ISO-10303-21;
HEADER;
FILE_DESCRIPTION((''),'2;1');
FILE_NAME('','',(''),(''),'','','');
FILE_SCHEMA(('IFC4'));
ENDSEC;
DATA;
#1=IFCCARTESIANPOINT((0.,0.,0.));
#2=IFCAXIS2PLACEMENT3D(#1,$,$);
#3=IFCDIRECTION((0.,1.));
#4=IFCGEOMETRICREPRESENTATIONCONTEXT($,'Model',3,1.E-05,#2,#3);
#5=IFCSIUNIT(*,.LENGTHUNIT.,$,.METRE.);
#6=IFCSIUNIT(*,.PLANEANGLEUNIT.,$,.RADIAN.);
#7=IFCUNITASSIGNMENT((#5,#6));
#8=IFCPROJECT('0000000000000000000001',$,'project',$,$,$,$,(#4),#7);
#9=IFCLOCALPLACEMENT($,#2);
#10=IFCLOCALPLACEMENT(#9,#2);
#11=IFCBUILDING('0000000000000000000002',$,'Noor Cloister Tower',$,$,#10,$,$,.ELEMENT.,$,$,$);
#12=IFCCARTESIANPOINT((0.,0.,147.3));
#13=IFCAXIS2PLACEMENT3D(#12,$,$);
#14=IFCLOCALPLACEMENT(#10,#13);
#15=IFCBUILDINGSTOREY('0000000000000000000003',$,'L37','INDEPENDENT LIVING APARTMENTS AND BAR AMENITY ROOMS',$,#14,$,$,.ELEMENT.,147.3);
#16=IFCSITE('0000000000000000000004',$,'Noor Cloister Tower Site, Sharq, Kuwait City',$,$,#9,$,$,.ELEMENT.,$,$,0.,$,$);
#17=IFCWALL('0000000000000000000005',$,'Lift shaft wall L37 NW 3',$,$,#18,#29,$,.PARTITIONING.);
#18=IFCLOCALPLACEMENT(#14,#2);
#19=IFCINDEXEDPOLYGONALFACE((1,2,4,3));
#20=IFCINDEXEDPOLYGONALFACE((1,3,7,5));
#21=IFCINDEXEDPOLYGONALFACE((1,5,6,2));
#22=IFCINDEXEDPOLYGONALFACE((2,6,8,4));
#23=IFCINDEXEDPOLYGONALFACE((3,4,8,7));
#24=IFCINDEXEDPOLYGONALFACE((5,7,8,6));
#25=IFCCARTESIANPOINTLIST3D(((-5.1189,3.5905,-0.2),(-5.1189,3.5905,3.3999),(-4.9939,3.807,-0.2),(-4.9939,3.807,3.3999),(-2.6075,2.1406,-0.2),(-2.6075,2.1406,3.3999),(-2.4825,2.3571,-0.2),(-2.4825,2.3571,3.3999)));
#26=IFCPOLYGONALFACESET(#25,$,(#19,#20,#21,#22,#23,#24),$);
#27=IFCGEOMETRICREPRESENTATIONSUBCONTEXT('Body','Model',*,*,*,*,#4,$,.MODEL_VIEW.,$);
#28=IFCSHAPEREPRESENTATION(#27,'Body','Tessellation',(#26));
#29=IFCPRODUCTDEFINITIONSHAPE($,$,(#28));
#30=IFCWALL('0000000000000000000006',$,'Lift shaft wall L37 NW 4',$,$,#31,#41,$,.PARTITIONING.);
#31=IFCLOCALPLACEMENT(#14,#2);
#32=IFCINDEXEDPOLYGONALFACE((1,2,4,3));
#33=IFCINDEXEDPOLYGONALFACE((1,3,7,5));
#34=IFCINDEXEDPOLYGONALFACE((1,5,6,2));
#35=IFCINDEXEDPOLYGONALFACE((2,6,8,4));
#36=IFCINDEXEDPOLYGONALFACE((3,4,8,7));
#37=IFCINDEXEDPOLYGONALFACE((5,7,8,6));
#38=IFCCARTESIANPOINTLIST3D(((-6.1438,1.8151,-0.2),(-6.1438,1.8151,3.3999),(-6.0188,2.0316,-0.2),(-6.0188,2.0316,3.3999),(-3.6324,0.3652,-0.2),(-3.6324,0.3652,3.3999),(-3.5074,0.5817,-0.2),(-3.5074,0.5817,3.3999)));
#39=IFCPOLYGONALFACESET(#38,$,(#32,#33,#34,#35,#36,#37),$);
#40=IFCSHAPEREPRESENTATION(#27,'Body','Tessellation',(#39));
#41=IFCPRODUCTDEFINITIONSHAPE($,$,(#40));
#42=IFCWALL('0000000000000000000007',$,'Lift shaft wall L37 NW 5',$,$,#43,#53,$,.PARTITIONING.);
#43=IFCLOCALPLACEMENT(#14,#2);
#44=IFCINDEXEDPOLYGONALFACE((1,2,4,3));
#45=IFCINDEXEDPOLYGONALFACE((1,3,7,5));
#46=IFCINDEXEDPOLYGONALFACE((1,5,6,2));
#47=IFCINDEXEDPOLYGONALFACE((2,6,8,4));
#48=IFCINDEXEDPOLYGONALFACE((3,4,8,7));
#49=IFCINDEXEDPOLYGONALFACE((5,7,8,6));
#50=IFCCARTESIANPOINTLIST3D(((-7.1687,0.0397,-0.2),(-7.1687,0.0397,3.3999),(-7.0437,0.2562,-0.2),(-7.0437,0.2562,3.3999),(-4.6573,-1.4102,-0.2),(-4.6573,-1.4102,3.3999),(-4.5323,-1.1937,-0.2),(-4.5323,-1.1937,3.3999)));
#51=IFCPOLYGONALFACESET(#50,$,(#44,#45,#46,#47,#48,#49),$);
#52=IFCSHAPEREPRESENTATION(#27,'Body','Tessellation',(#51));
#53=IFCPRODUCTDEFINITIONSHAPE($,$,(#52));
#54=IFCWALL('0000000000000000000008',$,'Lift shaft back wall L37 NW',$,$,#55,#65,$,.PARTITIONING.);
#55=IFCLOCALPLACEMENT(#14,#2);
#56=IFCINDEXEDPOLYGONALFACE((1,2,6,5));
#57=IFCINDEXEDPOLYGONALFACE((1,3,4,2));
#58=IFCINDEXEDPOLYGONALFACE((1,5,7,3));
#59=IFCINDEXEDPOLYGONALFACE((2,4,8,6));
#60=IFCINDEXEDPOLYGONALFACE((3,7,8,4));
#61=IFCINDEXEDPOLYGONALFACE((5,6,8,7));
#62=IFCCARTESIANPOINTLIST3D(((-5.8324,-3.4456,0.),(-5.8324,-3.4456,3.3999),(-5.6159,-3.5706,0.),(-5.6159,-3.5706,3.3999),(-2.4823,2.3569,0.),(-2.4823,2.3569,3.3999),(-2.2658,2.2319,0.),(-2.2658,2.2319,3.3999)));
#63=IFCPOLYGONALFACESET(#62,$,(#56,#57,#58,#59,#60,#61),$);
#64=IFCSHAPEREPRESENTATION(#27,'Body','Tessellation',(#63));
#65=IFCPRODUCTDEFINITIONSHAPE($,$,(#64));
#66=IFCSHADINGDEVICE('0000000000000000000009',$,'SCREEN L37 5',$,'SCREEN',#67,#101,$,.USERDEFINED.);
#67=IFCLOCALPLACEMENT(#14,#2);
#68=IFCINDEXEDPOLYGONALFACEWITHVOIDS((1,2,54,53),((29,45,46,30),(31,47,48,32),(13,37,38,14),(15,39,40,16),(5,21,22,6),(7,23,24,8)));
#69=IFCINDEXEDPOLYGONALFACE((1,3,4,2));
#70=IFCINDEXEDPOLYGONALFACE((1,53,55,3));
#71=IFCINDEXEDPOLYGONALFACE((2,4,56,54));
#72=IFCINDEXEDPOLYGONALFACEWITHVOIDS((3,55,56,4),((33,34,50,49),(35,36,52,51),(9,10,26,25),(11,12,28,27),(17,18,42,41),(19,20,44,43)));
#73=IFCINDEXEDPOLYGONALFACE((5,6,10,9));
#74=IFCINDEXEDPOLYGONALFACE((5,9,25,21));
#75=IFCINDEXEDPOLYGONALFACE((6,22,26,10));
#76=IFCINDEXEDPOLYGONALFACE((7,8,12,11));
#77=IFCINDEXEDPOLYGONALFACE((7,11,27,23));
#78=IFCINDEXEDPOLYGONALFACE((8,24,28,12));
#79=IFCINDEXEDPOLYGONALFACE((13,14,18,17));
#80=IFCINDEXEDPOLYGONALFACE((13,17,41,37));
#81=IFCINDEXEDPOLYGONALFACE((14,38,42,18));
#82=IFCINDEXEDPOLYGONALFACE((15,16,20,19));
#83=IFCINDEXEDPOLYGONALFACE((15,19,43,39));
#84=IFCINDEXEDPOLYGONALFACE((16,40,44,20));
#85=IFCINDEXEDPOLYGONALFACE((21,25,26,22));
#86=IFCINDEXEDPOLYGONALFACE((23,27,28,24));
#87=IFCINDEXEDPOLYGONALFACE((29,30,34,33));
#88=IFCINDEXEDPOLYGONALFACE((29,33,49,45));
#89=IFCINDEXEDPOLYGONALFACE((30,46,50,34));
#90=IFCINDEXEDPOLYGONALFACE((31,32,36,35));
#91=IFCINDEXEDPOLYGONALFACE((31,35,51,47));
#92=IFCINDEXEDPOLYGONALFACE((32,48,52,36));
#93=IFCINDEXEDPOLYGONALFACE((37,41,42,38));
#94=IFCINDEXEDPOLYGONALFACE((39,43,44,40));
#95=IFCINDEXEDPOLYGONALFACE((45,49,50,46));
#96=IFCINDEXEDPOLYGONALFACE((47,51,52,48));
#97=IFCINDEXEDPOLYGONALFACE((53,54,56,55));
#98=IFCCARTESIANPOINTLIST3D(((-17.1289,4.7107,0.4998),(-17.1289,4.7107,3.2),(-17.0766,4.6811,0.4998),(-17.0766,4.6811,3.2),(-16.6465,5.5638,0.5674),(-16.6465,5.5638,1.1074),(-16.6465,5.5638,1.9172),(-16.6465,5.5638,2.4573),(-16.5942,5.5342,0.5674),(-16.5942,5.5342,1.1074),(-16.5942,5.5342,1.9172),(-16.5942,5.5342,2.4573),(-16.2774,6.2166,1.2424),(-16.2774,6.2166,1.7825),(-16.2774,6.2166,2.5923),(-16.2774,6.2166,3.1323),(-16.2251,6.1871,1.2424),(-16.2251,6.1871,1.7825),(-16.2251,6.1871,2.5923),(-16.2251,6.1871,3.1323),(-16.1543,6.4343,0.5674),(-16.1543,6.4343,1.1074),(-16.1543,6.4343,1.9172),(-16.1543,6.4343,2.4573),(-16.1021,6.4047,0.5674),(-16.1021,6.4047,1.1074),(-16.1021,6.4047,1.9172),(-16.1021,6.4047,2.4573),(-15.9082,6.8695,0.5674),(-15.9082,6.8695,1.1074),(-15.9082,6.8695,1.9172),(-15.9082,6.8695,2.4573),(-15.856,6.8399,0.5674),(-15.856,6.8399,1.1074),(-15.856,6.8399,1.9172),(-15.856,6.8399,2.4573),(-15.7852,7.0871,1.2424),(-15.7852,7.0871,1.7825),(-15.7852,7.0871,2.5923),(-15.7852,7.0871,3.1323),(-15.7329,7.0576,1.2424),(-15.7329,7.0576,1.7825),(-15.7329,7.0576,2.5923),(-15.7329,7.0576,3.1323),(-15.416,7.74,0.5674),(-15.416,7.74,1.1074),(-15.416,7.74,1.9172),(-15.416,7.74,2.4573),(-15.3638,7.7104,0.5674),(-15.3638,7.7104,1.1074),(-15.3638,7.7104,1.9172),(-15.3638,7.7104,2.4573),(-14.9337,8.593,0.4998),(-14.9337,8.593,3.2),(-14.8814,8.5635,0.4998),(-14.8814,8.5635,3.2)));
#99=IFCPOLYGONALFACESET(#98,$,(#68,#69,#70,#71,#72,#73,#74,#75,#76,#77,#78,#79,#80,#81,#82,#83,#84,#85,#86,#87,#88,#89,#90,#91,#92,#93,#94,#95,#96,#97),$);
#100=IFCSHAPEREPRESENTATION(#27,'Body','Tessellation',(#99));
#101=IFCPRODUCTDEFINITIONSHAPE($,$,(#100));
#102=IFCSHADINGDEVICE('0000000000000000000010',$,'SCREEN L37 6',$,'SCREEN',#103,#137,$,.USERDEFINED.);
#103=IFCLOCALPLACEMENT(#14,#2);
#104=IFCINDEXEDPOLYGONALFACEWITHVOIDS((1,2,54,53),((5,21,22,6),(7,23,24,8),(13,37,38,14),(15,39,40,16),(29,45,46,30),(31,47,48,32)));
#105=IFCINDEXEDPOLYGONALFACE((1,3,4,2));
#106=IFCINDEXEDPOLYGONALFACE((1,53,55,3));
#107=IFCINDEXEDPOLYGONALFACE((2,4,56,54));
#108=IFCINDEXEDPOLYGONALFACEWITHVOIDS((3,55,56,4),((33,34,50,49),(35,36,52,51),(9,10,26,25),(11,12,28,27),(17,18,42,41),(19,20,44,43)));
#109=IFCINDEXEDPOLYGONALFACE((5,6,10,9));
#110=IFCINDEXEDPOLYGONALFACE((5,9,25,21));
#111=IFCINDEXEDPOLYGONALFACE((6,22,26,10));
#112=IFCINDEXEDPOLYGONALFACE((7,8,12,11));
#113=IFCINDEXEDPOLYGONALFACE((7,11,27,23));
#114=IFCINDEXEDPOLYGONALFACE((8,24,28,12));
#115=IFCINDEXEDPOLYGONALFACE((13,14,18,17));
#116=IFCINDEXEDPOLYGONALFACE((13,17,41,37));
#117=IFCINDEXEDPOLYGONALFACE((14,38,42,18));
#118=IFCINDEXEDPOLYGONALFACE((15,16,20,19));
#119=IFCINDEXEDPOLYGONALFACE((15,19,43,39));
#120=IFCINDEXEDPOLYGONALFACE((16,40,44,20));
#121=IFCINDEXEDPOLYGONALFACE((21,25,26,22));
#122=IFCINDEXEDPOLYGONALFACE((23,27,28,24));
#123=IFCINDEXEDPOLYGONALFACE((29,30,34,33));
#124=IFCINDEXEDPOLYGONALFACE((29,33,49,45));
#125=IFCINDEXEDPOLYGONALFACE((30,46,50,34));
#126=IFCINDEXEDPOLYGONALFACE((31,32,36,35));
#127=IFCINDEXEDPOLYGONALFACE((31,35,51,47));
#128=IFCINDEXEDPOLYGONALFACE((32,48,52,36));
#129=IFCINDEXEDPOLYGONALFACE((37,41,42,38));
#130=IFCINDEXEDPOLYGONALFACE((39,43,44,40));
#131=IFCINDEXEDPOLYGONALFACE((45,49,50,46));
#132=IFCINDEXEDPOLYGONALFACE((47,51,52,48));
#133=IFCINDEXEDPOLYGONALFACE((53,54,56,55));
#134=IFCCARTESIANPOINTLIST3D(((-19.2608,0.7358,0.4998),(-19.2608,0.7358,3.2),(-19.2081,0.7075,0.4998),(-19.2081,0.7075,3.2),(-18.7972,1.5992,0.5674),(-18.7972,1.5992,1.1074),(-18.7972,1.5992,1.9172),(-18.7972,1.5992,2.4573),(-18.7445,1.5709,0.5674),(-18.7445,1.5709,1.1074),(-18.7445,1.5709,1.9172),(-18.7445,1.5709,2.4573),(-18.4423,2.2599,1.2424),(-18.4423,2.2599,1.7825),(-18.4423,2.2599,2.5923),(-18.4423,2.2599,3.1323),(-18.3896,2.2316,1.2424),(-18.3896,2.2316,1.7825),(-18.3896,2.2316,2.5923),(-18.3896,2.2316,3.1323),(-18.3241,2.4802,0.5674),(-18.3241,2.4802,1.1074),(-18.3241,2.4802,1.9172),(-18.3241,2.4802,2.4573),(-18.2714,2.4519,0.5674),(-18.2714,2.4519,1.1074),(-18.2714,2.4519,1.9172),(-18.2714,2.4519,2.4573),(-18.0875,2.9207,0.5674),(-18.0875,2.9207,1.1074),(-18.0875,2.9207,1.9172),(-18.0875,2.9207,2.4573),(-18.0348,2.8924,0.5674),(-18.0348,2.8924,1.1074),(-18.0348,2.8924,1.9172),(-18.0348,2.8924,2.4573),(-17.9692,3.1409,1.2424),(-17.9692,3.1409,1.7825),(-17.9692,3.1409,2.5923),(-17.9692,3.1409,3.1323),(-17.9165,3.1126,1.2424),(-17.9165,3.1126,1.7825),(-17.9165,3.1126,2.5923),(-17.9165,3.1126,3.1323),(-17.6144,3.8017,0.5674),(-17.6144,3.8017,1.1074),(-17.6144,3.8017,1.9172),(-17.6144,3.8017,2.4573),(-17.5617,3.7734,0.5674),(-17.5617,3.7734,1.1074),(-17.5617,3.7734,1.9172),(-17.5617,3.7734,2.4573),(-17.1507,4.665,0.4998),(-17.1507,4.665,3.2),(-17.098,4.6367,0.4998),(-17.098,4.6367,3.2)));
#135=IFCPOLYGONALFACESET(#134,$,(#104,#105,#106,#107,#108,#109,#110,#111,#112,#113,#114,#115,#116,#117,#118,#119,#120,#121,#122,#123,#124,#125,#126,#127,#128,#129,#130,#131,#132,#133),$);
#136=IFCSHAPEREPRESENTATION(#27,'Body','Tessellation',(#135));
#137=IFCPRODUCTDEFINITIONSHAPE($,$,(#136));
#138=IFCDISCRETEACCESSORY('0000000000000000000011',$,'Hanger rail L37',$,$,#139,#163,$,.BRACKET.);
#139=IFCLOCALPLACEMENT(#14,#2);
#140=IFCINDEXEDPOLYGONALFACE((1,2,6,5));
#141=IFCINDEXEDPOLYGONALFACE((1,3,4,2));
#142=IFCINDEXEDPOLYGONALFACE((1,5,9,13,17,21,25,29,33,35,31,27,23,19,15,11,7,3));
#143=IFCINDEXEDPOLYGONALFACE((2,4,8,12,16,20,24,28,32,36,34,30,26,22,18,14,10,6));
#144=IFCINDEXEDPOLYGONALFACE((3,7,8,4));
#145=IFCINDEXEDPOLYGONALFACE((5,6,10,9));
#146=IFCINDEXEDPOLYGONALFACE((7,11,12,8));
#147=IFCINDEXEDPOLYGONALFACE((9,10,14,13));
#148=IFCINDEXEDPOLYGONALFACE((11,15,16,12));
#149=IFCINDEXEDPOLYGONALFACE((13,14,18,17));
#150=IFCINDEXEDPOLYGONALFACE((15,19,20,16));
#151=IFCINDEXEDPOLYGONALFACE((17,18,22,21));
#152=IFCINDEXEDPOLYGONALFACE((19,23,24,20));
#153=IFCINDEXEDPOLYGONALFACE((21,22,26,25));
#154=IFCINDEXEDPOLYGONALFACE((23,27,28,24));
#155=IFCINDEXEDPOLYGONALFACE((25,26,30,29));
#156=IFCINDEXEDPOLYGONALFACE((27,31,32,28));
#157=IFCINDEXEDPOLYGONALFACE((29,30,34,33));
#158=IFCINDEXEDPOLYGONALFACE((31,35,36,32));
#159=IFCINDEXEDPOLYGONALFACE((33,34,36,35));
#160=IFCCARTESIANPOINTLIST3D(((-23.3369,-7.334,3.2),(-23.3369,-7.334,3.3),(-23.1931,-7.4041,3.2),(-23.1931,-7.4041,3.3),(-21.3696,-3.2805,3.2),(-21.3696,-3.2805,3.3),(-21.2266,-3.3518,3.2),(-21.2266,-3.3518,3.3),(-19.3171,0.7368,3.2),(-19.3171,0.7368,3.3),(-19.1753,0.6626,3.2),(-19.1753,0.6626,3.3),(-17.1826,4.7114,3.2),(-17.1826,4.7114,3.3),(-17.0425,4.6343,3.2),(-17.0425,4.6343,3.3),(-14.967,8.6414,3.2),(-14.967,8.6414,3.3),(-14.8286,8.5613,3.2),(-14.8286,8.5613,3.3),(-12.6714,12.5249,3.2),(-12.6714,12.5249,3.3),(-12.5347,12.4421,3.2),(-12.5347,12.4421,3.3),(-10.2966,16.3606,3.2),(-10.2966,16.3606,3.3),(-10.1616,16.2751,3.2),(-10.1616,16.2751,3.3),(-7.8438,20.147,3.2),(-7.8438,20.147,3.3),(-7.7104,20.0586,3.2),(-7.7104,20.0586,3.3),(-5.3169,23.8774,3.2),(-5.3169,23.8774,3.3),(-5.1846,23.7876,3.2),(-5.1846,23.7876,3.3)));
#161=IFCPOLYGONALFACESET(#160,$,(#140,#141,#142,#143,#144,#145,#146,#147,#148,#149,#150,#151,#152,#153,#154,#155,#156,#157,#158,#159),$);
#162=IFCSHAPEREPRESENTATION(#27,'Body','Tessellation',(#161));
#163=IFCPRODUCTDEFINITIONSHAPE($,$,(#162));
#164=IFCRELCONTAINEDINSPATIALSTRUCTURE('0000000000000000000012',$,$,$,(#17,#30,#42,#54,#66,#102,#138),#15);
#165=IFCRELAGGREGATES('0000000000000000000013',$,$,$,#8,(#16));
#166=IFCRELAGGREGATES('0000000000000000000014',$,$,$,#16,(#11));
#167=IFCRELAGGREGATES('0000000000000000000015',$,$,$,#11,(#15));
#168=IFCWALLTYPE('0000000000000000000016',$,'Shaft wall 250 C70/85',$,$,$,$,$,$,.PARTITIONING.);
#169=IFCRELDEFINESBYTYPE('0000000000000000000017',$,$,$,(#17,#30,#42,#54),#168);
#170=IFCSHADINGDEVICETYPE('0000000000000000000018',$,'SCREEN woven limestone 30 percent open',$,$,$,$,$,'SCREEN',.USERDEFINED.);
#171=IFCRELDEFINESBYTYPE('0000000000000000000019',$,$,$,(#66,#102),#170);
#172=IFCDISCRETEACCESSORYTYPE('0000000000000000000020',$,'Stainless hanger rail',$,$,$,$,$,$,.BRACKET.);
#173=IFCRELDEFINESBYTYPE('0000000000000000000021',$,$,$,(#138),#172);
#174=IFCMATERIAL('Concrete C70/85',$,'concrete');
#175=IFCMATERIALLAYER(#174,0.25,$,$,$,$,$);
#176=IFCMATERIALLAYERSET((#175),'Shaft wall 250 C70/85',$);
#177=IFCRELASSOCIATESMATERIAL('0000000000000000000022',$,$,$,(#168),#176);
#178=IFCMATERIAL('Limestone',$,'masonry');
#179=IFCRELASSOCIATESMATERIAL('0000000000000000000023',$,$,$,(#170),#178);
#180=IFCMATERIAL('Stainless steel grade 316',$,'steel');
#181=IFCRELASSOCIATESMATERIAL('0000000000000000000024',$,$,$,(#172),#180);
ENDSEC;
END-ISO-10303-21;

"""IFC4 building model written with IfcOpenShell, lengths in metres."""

from ifc_helpers import new_model, si_unit, direction, frame, frame_2d, origin, place, context, subcontext, project, spatial, polyline, rectangle, outline, extrude, material, layer, layer_set, material_profile, profile_set, type_object, element, save


model = new_model("IFC4")

# Units and contexts
model_context = context("Model", 3, precision=1e-05, world=origin(), true_north=direction((0.0, 1.0)))
body_context = subcontext(model_context, "Body", "Model", "MODEL_VIEW")
ifc_project = project(units=[si_unit("LENGTHUNIT", "METRE"), si_unit("PLANEANGLEUNIT", "RADIAN")], contexts=[model_context])

# Site, building, storey
site_placement = place(None, origin())
site = spatial("IfcSite", under=ifc_project, at=site_placement, Name="Noor Cloister Tower Site, Sharq, Kuwait City", CompositionType="ELEMENT", RefElevation=0.0)
building_placement = place(site_placement, origin())
building = spatial("IfcBuilding", under=site, at=building_placement, Name="Noor Cloister Tower", CompositionType="ELEMENT")
storey_placement = place(building_placement, frame((0.0, 0.0, 147.3)))
storey = spatial("IfcBuildingStorey", under=building, at=storey_placement, Name="L37", Description="INDEPENDENT LIVING APARTMENTS AND BAR AMENITY ROOMS", CompositionType="ELEMENT", Elevation=147.3)

# Walls
ifc_material_1 = material(Name="Concrete C70/85", Category="concrete")
ifc_layer_1 = layer(ifc_material_1, 0.25)
ifc_layer_set_1 = layer_set([ifc_layer_1], Name="Shaft wall 250 C70/85")
wall_type_1 = type_object("IfcWallType", Name="Shaft wall 250 C70/85", PredefinedType="PARTITIONING", material=ifc_layer_set_1)
for number, where, z_axis, x_axis, name in (
    (1, (-5.0564, 3.6987, -0.2), (0.0, 0.0, 1.0), (0.866033, -0.499987, 0.0), "Lift shaft wall L37 NW 3"),
    (2, (-6.0813, 1.9233, -0.2), (0.0, 0.0, 1.0), (0.866033, -0.499987, 0.0), "Lift shaft wall L37 NW 4"),
    (3, (-7.1062, 0.1479, -0.2), (0.0, 0.0, 1.0), (0.866033, -0.499987, 0.0), "Lift shaft wall L37 NW 5"),
):
    element("IfcWall", number, at=place(storey_placement, frame(where, z_axis=z_axis, x_axis=x_axis)), inside=storey, type_object=wall_type_1, Name=name, PredefinedType="PARTITIONING", context=body_context, shape_type="SweptSolid", body=[
        extrude(rectangle(XDim=2.8999, YDim=0.25, at=frame_2d((1.45, 0.0))), origin(), (0.0, 0.0, 1.0), 3.5999),
    ])
wall_1_placement = place(storey_placement, frame((-2.374, 2.2944, 0.0), z_axis=(0.0, 0.0, 1.0), x_axis=(-0.500003, -0.866024, 0.0)))
element("IfcWall", 4, at=wall_1_placement, inside=storey, type_object=wall_type_1, Name="Lift shaft back wall L37 NW", PredefinedType="PARTITIONING", context=body_context, shape_type="SweptSolid", body=[
    extrude(rectangle(XDim=6.7002, YDim=0.25, at=frame_2d((3.3501, 0.0))), origin(), (0.0, 0.0, 1.0), 3.3999),
])

# Shading devices
ifc_material_2 = material(Name="Limestone", Category="masonry")
ifc_material_profile_1 = material_profile(ifc_material_2, outline(polyline([(-2.23, -1.3501), (2.23, -1.3501), (2.23, 1.3501), (-2.23, 1.3501), (-2.23, -1.3501)]), holes=[polyline([(-1.25, -1.2825), (-0.25, -1.2825), (-0.25, -0.7424), (-1.25, -0.7424), (-1.25, -1.2825)]), polyline([(0.25, -1.2825), (1.25, -1.2825), (1.25, -0.7424), (0.25, -0.7424), (0.25, -1.2825)]), polyline([(-0.5, -0.6074), (0.5, -0.6074), (0.5, -0.0674), (-0.5, -0.0674), (-0.5, -0.6074)]), polyline([(-1.25, 0.0674), (-0.25, 0.0674), (-0.25, 0.6074), (-1.25, 0.6074), (-1.25, 0.0674)]), polyline([(0.25, 0.0674), (1.25, 0.0674), (1.25, 0.6074), (0.25, 0.6074), (0.25, 0.0674)]), polyline([(-0.5, 0.7424), (0.5, 0.7424), (0.5, 1.2825), (-0.5, 1.2825), (-0.5, 0.7424)])]), Name="Woven screen 30 percent open")
ifc_profile_set_1 = profile_set([ifc_material_profile_1], Name="Limestone")
shading_device_type = type_object("IfcShadingDeviceType", Name="SCREEN woven limestone 30 percent open", ElementType="SCREEN", PredefinedType="USERDEFINED", material=ifc_profile_set_1)
shading_device_1_placement = place(storey_placement, frame((-15.979, 6.6223, 1.8499), z_axis=(-0.870487, 0.492191, 0.0), x_axis=(-0.492191, -0.870487, 0.0)))
element("IfcShadingDevice", 5, at=shading_device_1_placement, inside=storey, type_object=shading_device_type, Name="SCREEN L37 5", ObjectType="SCREEN", PredefinedType="USERDEFINED", context=body_context, shape_type="SweptSolid", body=[
    extrude(outline(polyline([(-2.23, -1.3501), (2.23, -1.3501), (2.23, 1.3501), (-2.23, 1.3501), (-2.23, -1.3501)]), holes=[polyline([(-1.25, -1.2825), (-0.25, -1.2825), (-0.25, -0.7424), (-1.25, -0.7424), (-1.25, -1.2825)]), polyline([(0.25, -1.2825), (1.25, -1.2825), (1.25, -0.7424), (0.25, -0.7424), (0.25, -1.2825)]), polyline([(-0.5, -0.6074), (0.5, -0.6074), (0.5, -0.0674), (-0.5, -0.0674), (-0.5, -0.6074)]), polyline([(-1.25, 0.0674), (-0.25, 0.0674), (-0.25, 0.6074), (-1.25, 0.6074), (-1.25, 0.0674)]), polyline([(0.25, 0.0674), (1.25, 0.0674), (1.25, 0.6074), (0.25, 0.6074), (0.25, 0.0674)]), polyline([(-0.5, 0.7424), (0.5, 0.7424), (0.5, 1.2825), (-0.5, 1.2825), (-0.5, 0.7424)])]), origin(), (0.0, 0.0, 1.0), 0.0601),
])
shading_device_2_placement = place(storey_placement, frame((-18.1531, 2.6721, 1.8499), z_axis=(-0.880994, 0.473127, 0.0), x_axis=(-0.473127, -0.880994, 0.0)))
element("IfcShadingDevice", 6, at=shading_device_2_placement, inside=storey, type_object=shading_device_type, Name="SCREEN L37 6", ObjectType="SCREEN", PredefinedType="USERDEFINED", context=body_context, shape_type="SweptSolid", body=[
    extrude(outline(polyline([(-2.23, -1.3501), (2.23, -1.3501), (2.23, 1.3501), (-2.23, 1.3501), (-2.23, -1.3501)]), holes=[polyline([(-1.25, -1.2825), (-0.25, -1.2825), (-0.25, -0.7424), (-1.25, -0.7424), (-1.25, -1.2825)]), polyline([(0.25, -1.2825), (1.25, -1.2825), (1.25, -0.7424), (0.25, -0.7424), (0.25, -1.2825)]), polyline([(-0.5, -0.6074), (0.5, -0.6074), (0.5, -0.0674), (-0.5, -0.0674), (-0.5, -0.6074)]), polyline([(-1.25, 0.0674), (-0.25, 0.0674), (-0.25, 0.6074), (-1.25, 0.6074), (-1.25, 0.0674)]), polyline([(0.25, 0.0674), (1.25, 0.0674), (1.25, 0.6074), (0.25, 0.6074), (0.25, 0.0674)]), polyline([(-0.5, 0.7424), (0.5, 0.7424), (0.5, 1.2825), (-0.5, 1.2825), (-0.5, 0.7424)])]), origin(), (0.0, 0.0, 1.0), 0.0598),
])

# Discrete accessory
ifc_material_3 = material(Name="Stainless steel grade 316", Category="steel")
discrete_accessory_type = type_object("IfcDiscreteAccessoryType", Name="Stainless hanger rail", PredefinedType="BRACKET", material=ifc_material_3)
discrete_accessory_1_placement = place(storey_placement, frame((0.0, 0.0, 3.2)))
element("IfcDiscreteAccessory", 7, at=discrete_accessory_1_placement, inside=storey, type_object=discrete_accessory_type, Name="Hanger rail L37", PredefinedType="BRACKET", context=body_context, shape_type="SweptSolid", body=[
    extrude(outline(polyline([(-5.3169, 23.8774), (-7.8438, 20.147), (-10.2966, 16.3606), (-12.6714, 12.5249), (-14.967, 8.6414), (-17.1826, 4.7114), (-19.3171, 0.7368), (-21.3696, -3.2805), (-23.3369, -7.334), (-23.1931, -7.4041), (-21.2266, -3.3518), (-19.1753, 0.6626), (-17.0425, 4.6343), (-14.8286, 8.5613), (-12.5347, 12.4421), (-10.1616, 16.2751), (-7.7104, 20.0586), (-5.1846, 23.7876), (-5.3169, 23.8774)])), origin(), (0.0, 0.0, 1.0), 0.1001),
])

save(model, "model.ifc")
